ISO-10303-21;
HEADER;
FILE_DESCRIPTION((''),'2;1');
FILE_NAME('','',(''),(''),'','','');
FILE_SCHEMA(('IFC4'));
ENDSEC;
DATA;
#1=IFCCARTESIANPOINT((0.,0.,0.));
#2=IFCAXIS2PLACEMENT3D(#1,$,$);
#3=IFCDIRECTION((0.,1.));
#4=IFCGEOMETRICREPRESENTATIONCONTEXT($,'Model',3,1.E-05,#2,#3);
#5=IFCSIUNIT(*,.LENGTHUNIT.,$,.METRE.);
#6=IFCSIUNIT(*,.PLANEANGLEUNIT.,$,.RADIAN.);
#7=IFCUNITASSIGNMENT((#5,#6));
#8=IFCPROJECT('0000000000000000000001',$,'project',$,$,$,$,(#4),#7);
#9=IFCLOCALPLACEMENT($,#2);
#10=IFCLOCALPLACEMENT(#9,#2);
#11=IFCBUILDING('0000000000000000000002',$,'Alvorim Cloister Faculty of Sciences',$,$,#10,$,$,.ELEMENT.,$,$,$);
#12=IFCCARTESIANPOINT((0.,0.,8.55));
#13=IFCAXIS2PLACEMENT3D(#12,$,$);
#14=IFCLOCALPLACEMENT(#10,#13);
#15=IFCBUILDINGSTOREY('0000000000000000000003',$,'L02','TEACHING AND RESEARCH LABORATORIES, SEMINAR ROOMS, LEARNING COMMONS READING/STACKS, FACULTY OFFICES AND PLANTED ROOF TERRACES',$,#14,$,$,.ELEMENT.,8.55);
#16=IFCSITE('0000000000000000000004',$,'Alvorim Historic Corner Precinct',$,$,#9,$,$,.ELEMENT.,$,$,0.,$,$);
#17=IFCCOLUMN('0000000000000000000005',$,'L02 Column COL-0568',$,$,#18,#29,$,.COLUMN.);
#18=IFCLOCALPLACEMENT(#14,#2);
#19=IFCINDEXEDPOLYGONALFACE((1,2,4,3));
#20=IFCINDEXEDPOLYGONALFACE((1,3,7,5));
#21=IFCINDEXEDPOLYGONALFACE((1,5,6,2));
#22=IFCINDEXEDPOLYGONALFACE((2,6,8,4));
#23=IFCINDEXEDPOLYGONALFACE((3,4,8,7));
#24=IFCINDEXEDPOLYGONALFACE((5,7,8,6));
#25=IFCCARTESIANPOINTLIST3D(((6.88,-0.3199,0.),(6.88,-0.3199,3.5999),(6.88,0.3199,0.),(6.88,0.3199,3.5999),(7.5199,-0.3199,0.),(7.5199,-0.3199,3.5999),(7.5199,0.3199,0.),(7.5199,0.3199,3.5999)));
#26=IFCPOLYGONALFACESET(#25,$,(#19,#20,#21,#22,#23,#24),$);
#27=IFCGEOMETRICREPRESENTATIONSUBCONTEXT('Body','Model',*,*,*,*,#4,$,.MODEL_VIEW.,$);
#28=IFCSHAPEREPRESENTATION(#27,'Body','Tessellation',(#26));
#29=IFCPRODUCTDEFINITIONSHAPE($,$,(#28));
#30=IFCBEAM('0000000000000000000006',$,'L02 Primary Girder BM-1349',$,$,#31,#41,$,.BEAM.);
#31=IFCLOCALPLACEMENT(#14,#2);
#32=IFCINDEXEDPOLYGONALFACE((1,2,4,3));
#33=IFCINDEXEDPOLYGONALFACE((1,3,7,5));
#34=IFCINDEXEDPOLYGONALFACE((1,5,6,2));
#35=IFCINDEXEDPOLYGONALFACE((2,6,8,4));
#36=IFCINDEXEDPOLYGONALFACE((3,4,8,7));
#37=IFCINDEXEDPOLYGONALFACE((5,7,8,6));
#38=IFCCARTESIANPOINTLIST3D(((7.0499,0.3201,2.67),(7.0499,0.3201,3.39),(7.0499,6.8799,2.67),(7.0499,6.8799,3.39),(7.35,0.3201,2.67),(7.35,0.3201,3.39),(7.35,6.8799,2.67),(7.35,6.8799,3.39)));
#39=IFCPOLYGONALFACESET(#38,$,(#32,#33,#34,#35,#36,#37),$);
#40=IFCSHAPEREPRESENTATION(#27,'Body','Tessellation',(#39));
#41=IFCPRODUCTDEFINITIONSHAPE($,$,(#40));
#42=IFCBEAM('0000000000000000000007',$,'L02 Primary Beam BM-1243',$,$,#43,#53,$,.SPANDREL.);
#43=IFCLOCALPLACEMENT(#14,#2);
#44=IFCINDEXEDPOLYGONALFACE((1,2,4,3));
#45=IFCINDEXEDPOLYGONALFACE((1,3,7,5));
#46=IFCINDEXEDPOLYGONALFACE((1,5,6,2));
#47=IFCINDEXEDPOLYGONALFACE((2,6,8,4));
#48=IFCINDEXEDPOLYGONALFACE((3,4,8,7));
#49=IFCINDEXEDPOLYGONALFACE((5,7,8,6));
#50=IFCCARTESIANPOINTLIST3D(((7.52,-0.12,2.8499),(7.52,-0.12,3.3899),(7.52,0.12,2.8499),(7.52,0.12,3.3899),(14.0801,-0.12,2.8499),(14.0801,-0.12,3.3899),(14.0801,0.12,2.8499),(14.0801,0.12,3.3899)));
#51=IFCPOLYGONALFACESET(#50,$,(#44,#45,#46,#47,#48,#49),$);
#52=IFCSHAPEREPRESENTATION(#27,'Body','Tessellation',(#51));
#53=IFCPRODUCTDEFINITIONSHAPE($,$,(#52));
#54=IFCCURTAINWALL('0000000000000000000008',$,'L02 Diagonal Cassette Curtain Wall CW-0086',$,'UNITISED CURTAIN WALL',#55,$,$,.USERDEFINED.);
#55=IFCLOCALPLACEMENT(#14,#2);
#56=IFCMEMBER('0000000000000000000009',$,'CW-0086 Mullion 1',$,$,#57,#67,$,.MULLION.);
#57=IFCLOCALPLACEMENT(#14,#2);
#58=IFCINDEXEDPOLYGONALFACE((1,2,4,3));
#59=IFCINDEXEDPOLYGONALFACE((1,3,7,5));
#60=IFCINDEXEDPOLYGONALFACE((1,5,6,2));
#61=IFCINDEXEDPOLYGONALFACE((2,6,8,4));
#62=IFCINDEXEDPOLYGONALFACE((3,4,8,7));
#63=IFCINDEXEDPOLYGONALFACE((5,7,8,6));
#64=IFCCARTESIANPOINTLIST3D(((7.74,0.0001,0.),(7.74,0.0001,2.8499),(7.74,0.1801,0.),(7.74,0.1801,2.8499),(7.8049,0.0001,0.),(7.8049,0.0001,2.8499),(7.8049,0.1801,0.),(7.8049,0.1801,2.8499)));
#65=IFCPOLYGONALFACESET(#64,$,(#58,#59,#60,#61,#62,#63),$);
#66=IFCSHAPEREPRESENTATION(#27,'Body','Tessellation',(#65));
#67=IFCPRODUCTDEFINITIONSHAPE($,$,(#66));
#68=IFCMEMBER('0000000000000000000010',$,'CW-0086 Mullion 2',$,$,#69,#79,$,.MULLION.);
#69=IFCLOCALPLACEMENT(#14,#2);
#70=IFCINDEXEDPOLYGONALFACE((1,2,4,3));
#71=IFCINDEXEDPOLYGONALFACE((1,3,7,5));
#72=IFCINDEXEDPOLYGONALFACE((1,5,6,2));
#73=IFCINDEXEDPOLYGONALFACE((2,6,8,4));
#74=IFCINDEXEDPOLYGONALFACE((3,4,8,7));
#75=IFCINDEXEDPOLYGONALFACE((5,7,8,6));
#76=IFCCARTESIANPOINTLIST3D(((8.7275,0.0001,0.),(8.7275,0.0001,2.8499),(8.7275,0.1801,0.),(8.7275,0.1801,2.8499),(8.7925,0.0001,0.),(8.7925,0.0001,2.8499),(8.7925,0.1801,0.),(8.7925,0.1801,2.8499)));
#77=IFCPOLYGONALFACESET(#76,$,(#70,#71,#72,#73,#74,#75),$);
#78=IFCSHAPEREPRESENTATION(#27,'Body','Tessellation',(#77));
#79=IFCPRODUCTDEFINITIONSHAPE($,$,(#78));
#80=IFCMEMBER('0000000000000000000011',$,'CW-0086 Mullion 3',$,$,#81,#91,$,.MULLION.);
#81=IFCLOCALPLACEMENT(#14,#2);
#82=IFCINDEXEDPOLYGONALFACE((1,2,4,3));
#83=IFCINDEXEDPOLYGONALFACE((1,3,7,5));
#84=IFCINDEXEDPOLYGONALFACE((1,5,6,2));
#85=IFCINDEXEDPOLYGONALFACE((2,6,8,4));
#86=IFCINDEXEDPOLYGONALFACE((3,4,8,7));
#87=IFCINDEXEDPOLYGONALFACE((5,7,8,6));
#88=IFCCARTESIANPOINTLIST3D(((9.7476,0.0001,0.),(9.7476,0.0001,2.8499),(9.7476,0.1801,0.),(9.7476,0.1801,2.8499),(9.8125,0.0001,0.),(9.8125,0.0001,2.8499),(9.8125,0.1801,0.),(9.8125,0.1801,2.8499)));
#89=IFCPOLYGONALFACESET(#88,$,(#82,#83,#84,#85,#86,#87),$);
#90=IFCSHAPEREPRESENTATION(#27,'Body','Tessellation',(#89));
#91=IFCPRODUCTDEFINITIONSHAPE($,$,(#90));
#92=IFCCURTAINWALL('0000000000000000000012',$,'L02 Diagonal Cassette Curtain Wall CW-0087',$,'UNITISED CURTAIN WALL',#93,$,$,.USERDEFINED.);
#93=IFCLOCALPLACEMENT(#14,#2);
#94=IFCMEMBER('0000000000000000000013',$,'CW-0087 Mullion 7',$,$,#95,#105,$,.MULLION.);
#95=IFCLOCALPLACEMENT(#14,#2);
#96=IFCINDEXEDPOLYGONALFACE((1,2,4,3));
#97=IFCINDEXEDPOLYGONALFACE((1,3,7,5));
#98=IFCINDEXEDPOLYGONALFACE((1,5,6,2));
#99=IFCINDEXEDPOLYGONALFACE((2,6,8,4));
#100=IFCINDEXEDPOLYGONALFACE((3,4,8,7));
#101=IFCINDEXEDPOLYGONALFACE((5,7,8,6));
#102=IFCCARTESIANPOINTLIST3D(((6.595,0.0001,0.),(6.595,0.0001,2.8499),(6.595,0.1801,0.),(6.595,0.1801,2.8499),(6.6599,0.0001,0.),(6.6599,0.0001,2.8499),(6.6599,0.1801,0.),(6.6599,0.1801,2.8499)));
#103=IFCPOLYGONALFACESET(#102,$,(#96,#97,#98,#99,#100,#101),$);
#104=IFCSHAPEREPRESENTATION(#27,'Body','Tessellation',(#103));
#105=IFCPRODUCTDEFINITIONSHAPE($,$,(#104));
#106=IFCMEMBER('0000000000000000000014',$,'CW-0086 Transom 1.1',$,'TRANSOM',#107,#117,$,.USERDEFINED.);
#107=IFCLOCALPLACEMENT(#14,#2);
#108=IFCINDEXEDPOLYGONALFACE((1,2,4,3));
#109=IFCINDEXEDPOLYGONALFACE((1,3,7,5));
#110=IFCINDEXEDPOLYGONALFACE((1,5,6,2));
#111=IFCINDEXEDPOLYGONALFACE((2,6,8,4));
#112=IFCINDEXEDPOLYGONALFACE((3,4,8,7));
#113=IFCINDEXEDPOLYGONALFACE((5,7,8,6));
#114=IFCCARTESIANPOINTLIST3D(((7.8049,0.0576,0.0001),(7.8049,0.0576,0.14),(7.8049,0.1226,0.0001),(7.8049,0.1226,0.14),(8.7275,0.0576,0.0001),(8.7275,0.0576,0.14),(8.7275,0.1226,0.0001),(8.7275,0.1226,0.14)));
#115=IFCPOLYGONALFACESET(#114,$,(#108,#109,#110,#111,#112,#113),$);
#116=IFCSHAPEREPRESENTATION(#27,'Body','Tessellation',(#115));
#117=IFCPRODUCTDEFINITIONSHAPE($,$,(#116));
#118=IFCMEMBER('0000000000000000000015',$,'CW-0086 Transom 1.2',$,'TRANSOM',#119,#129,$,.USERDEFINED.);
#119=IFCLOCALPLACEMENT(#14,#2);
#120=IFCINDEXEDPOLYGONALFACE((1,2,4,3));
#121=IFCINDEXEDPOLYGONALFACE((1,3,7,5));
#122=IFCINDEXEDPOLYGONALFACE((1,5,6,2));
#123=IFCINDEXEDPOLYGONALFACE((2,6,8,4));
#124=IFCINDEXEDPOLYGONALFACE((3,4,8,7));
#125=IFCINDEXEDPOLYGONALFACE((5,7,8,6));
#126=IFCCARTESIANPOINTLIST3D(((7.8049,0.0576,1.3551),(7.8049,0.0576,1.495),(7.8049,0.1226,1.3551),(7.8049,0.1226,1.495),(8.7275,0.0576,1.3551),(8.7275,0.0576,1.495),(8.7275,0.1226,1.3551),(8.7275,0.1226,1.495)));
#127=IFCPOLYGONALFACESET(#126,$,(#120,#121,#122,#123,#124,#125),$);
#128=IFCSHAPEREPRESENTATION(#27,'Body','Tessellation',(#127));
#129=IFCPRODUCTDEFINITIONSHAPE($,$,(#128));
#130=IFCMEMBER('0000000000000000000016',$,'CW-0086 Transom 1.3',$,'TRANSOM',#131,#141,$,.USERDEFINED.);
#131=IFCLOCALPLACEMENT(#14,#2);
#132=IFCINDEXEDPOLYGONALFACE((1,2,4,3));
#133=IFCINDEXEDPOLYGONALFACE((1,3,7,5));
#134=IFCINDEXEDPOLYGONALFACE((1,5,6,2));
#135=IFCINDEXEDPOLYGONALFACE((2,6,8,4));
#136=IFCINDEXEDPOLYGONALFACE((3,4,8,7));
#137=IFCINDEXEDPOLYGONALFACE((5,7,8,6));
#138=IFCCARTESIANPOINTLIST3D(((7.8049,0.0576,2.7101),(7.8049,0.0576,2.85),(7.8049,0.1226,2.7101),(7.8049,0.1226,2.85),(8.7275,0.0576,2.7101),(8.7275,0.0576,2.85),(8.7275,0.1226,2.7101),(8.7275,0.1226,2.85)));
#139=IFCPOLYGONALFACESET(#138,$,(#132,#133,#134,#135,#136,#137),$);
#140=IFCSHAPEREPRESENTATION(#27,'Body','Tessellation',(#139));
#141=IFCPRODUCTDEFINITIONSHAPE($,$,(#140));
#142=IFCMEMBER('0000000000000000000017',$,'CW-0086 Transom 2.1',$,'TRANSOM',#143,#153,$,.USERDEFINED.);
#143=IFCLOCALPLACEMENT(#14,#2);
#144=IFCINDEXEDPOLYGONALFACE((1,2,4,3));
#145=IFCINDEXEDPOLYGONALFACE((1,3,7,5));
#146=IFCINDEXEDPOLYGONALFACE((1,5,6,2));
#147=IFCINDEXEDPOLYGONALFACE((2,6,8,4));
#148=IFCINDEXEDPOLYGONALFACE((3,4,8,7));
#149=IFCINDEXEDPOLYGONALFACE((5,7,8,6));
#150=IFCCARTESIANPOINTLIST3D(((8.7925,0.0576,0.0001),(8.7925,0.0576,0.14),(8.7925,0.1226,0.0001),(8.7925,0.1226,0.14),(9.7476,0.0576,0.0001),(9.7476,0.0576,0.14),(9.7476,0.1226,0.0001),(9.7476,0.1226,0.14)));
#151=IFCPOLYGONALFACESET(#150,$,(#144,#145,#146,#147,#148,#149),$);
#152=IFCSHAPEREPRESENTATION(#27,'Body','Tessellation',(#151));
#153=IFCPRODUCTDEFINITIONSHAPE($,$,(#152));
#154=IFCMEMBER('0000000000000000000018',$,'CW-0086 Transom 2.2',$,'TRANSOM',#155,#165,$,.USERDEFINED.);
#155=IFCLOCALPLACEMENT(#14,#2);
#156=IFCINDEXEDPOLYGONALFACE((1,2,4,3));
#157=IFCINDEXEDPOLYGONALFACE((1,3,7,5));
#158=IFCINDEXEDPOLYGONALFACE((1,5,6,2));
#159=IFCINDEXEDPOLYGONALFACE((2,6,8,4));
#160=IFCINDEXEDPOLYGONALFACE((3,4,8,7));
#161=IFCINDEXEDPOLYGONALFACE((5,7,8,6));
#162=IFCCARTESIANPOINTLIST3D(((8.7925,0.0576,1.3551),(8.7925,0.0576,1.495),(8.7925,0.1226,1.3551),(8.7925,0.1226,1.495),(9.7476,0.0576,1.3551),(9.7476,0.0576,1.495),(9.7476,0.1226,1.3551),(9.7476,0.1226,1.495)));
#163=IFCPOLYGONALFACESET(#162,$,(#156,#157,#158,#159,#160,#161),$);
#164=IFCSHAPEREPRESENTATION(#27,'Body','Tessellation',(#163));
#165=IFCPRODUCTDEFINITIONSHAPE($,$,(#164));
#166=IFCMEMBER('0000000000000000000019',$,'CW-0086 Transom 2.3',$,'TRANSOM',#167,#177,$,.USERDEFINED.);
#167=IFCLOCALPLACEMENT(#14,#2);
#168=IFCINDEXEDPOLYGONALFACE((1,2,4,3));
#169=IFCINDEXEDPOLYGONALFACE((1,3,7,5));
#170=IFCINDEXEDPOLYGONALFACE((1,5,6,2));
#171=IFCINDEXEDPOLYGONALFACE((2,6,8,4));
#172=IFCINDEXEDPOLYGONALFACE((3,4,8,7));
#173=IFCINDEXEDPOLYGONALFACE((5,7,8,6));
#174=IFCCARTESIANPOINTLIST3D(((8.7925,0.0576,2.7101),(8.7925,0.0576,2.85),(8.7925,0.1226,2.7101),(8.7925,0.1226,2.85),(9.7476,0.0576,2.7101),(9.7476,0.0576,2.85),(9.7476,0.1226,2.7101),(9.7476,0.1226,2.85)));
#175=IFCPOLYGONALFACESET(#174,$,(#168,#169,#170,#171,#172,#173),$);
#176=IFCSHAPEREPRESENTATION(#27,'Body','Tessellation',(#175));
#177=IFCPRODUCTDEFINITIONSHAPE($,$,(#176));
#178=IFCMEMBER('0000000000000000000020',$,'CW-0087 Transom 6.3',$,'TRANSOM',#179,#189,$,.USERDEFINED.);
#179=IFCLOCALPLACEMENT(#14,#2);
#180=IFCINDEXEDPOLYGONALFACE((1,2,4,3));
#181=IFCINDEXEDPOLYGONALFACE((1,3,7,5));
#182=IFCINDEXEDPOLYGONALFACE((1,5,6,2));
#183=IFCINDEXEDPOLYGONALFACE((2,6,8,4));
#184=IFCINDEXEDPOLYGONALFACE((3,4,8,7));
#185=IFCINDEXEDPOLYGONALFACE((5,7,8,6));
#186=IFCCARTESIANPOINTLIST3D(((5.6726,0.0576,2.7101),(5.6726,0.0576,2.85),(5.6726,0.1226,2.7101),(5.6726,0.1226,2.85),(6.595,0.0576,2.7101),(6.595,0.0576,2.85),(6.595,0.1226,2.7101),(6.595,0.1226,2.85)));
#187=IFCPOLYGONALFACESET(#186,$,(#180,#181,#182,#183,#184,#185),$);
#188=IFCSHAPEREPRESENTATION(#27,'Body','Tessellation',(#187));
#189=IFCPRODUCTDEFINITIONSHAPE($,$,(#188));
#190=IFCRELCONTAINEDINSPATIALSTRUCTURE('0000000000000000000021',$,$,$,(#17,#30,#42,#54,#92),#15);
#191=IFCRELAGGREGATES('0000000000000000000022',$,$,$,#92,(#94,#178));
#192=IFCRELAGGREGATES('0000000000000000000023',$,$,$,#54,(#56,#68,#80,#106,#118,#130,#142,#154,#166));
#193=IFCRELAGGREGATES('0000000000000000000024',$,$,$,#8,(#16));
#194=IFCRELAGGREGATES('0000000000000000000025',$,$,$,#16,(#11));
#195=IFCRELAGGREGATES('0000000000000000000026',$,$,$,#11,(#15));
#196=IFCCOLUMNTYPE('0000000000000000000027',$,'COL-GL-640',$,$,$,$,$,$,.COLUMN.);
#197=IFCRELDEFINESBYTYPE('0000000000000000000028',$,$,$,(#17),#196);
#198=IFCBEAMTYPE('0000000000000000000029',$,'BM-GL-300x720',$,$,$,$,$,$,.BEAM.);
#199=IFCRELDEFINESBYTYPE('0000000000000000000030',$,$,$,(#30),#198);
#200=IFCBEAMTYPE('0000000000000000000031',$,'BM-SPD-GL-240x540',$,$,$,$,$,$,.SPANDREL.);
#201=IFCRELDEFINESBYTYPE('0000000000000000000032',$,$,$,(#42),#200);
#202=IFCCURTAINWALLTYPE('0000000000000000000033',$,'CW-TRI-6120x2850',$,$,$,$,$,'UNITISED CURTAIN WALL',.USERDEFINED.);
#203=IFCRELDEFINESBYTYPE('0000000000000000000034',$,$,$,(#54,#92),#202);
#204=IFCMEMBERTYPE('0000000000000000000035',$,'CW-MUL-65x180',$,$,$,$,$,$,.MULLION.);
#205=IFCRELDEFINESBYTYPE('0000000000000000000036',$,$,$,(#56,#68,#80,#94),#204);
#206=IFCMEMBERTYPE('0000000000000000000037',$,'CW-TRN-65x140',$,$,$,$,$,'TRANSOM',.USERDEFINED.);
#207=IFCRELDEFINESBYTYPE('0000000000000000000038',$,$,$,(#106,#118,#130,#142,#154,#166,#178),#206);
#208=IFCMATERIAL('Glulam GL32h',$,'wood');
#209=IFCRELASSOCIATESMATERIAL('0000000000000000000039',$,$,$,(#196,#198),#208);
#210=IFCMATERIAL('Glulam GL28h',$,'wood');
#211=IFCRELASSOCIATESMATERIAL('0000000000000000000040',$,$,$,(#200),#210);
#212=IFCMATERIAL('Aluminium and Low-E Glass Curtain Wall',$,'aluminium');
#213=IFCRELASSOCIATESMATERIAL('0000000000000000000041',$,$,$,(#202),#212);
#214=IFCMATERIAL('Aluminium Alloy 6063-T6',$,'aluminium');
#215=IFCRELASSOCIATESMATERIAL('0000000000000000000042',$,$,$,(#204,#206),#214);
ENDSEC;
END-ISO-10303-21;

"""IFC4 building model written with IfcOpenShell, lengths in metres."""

from ifc_helpers import new_model, si_unit, direction, frame, origin, origin_2d, place, context, subcontext, project, spatial, rectangle, extrude, material, material_profile, profile_set, type_object, element, aggregate, save


model = new_model("IFC4")

# Units and contexts
model_context = context("Model", 3, precision=1e-05, world=origin(), true_north=direction((0.0, 1.0)))
body_context = subcontext(model_context, "Body", "Model", "MODEL_VIEW")
ifc_project = project(units=[si_unit("LENGTHUNIT", "METRE"), si_unit("PLANEANGLEUNIT", "RADIAN")], contexts=[model_context])

# Site, building, storey
site_placement = place(None, origin())
site = spatial("IfcSite", under=ifc_project, at=site_placement, Name="Alvorim Historic Corner Precinct", CompositionType="ELEMENT", RefElevation=0.0)
building_placement = place(site_placement, origin())
building = spatial("IfcBuilding", under=site, at=building_placement, Name="Alvorim Cloister Faculty of Sciences", CompositionType="ELEMENT")
storey_placement = place(building_placement, frame((0.0, 0.0, 8.55)))
storey = spatial("IfcBuildingStorey", under=building, at=storey_placement, Name="L02", Description="TEACHING AND RESEARCH LABORATORIES, SEMINAR ROOMS, LEARNING COMMONS READING/STACKS, FACULTY OFFICES AND PLANTED ROOF TERRACES", CompositionType="ELEMENT", Elevation=8.55)

# Column
ifc_material_1 = material(Name="Glulam GL32h", Category="wood")
ifc_material_profile_1 = material_profile(ifc_material_1, rectangle(XDim=0.6399, YDim=0.6399, at=origin_2d()), Name="GL32-COL-640x640")
ifc_profile_set_1 = profile_set([ifc_material_profile_1], Name="Glulam GL32h")
column_type = type_object("IfcColumnType", Name="COL-GL-640", PredefinedType="COLUMN", material=ifc_profile_set_1)
column_placement = place(storey_placement, frame((7.2, 0.0, 0.0), z_axis=(0.0, 0.0, 1.0), x_axis=(1.0, 0.0, 0.0)))
element("IfcColumn", 1, at=column_placement, inside=storey, type_object=column_type, Name="L02 Column COL-0568", PredefinedType="COLUMN", context=body_context, shape_type="SweptSolid", body=[
    extrude(rectangle(XDim=0.6399, YDim=0.6399, at=origin_2d()), origin(), (0.0, 0.0, 1.0), 3.5999),
])

# Beams
ifc_material_profile_2 = material_profile(ifc_material_1, rectangle(XDim=0.3, YDim=0.72, at=origin_2d()), Name="GL32-BM-300x720")
ifc_profile_set_2 = profile_set([ifc_material_profile_2], Name="Glulam GL32h")
beam_type_1 = type_object("IfcBeamType", Name="BM-GL-300x720", PredefinedType="BEAM", material=ifc_profile_set_2)
beam_1_placement = place(storey_placement, frame((7.2, 0.3201, 3.03), z_axis=(0.0, 1.0, 0.0), x_axis=(-1.0, 0.0, 0.0)))
element("IfcBeam", 2, at=beam_1_placement, inside=storey, type_object=beam_type_1, Name="L02 Primary Girder BM-1349", PredefinedType="BEAM", context=body_context, shape_type="SweptSolid", body=[
    extrude(rectangle(XDim=0.3, YDim=0.72, at=origin_2d()), origin(), (0.0, 0.0, 1.0), 6.5598),
])
ifc_material_2 = material(Name="Glulam GL28h", Category="wood")
ifc_material_profile_3 = material_profile(ifc_material_2, rectangle(XDim=0.24, YDim=0.54, at=origin_2d()), Name="GL28-SPD-240x540")
ifc_profile_set_3 = profile_set([ifc_material_profile_3], Name="Glulam GL28h")
beam_type_2 = type_object("IfcBeamType", Name="BM-SPD-GL-240x540", PredefinedType="SPANDREL", material=ifc_profile_set_3)
beam_2_placement = place(storey_placement, frame((7.52, 0.0, 3.1199), z_axis=(1.0, 0.0, 0.0), x_axis=(0.0, 1.0, 0.0)))
element("IfcBeam", 3, at=beam_2_placement, inside=storey, type_object=beam_type_2, Name="L02 Primary Beam BM-1243", PredefinedType="SPANDREL", context=body_context, shape_type="SweptSolid", body=[
    extrude(rectangle(XDim=0.24, YDim=0.54, at=origin_2d()), origin(), (0.0, 0.0, 1.0), 6.5601),
])

# Curtain wall, members
ifc_material_3 = material(Name="Aluminium and Low-E Glass Curtain Wall", Category="aluminium")
curtain_wall_type = type_object("IfcCurtainWallType", Name="CW-TRI-6120x2850", ElementType="UNITISED CURTAIN WALL", PredefinedType="USERDEFINED", material=ifc_material_3)
curtain_wall_1_placement = place(storey_placement, origin())
curtain_wall_1 = element("IfcCurtainWall", 4, at=curtain_wall_1_placement, inside=storey, type_object=curtain_wall_type, Name="L02 Diagonal Cassette Curtain Wall CW-0086", ObjectType="UNITISED CURTAIN WALL", PredefinedType="USERDEFINED")
ifc_material_4 = material(Name="Aluminium Alloy 6063-T6", Category="aluminium")
ifc_material_profile_4 = material_profile(ifc_material_4, rectangle(XDim=0.0649, YDim=0.1799, at=origin_2d()), Name="ALU-MUL-65x180")
ifc_profile_set_4 = profile_set([ifc_material_profile_4], Name="Aluminium Alloy 6063-T6")
member_type_1 = type_object("IfcMemberType", Name="CW-MUL-65x180", PredefinedType="MULLION", material=ifc_profile_set_4)
member_1_placement = place(storey_placement, frame((7.7725, 0.0901, 0.0), z_axis=(0.0, 0.0, 1.0), x_axis=(1.0, 0.0, 0.0)))
member_1 = element("IfcMember", 5, at=member_1_placement, type_object=member_type_1, Name="CW-0086 Mullion 1", PredefinedType="MULLION", context=body_context, shape_type="SweptSolid", body=[
    extrude(rectangle(XDim=0.0649, YDim=0.1799, at=origin_2d()), origin(), (0.0, 0.0, 1.0), 2.8499),
])
member_2_placement = place(storey_placement, frame((8.76, 0.0901, 0.0), z_axis=(0.0, 0.0, 1.0), x_axis=(1.0, 0.0, 0.0)))
member_2 = element("IfcMember", 6, at=member_2_placement, type_object=member_type_1, Name="CW-0086 Mullion 2", PredefinedType="MULLION", context=body_context, shape_type="SweptSolid", body=[
    extrude(rectangle(XDim=0.0649, YDim=0.1799, at=origin_2d()), origin(), (0.0, 0.0, 1.0), 2.8499),
])
member_3_placement = place(storey_placement, frame((9.78, 0.0901, 0.0), z_axis=(0.0, 0.0, 1.0), x_axis=(1.0, 0.0, 0.0)))
member_3 = element("IfcMember", 7, at=member_3_placement, type_object=member_type_1, Name="CW-0086 Mullion 3", PredefinedType="MULLION", context=body_context, shape_type="SweptSolid", body=[
    extrude(rectangle(XDim=0.0649, YDim=0.1799, at=origin_2d()), origin(), (0.0, 0.0, 1.0), 2.8499),
])

# Curtain wall, member
curtain_wall_2_placement = place(storey_placement, origin())
curtain_wall_2 = element("IfcCurtainWall", 8, at=curtain_wall_2_placement, inside=storey, type_object=curtain_wall_type, Name="L02 Diagonal Cassette Curtain Wall CW-0087", ObjectType="UNITISED CURTAIN WALL", PredefinedType="USERDEFINED")
member_4_placement = place(storey_placement, frame((6.6274, 0.0901, 0.0), z_axis=(0.0, 0.0, 1.0), x_axis=(1.0, 0.0, 0.0)))
member_4 = element("IfcMember", 9, at=member_4_placement, type_object=member_type_1, Name="CW-0087 Mullion 7", PredefinedType="MULLION", context=body_context, shape_type="SweptSolid", body=[
    extrude(rectangle(XDim=0.0649, YDim=0.1799, at=origin_2d()), origin(), (0.0, 0.0, 1.0), 2.8499),
])

# Members
ifc_material_profile_5 = material_profile(ifc_material_4, rectangle(XDim=0.0649, YDim=0.1399, at=origin_2d()), Name="ALU-TRN-65x140")
ifc_profile_set_5 = profile_set([ifc_material_profile_5], Name="Aluminium Alloy 6063-T6")
member_type_2 = type_object("IfcMemberType", Name="CW-TRN-65x140", ElementType="TRANSOM", PredefinedType="USERDEFINED", material=ifc_profile_set_5)
member_5_placement = place(storey_placement, frame((7.8049, 0.0901, 0.0701), z_axis=(1.0, 0.0, 0.0), x_axis=(0.0, 1.0, 0.0)))
member_5 = element("IfcMember", 10, at=member_5_placement, type_object=member_type_2, Name="CW-0086 Transom 1.1", ObjectType="TRANSOM", PredefinedType="USERDEFINED", context=body_context, shape_type="SweptSolid", body=[
    extrude(rectangle(XDim=0.0649, YDim=0.1399, at=origin_2d()), origin(), (0.0, 0.0, 1.0), 0.9226),
])
member_6_placement = place(storey_placement, frame((7.8049, 0.0901, 1.425), z_axis=(1.0, 0.0, 0.0), x_axis=(0.0, 1.0, 0.0)))
member_6 = element("IfcMember", 11, at=member_6_placement, type_object=member_type_2, Name="CW-0086 Transom 1.2", ObjectType="TRANSOM", PredefinedType="USERDEFINED", context=body_context, shape_type="SweptSolid", body=[
    extrude(rectangle(XDim=0.0649, YDim=0.1399, at=origin_2d()), origin(), (0.0, 0.0, 1.0), 0.9226),
])
member_7_placement = place(storey_placement, frame((7.8049, 0.0901, 2.78), z_axis=(1.0, 0.0, 0.0), x_axis=(0.0, 1.0, 0.0)))
member_7 = element("IfcMember", 12, at=member_7_placement, type_object=member_type_2, Name="CW-0086 Transom 1.3", ObjectType="TRANSOM", PredefinedType="USERDEFINED", context=body_context, shape_type="SweptSolid", body=[
    extrude(rectangle(XDim=0.0649, YDim=0.1399, at=origin_2d()), origin(), (0.0, 0.0, 1.0), 0.9226),
])
member_8_placement = place(storey_placement, frame((8.7925, 0.0901, 0.0701), z_axis=(1.0, 0.0, 0.0), x_axis=(0.0, 1.0, 0.0)))
member_8 = element("IfcMember", 13, at=member_8_placement, type_object=member_type_2, Name="CW-0086 Transom 2.1", ObjectType="TRANSOM", PredefinedType="USERDEFINED", context=body_context, shape_type="SweptSolid", body=[
    extrude(rectangle(XDim=0.0649, YDim=0.1399, at=origin_2d()), origin(), (0.0, 0.0, 1.0), 0.9551),
])
member_9_placement = place(storey_placement, frame((8.7925, 0.0901, 1.425), z_axis=(1.0, 0.0, 0.0), x_axis=(0.0, 1.0, 0.0)))
member_9 = element("IfcMember", 14, at=member_9_placement, type_object=member_type_2, Name="CW-0086 Transom 2.2", ObjectType="TRANSOM", PredefinedType="USERDEFINED", context=body_context, shape_type="SweptSolid", body=[
    extrude(rectangle(XDim=0.0649, YDim=0.1399, at=origin_2d()), origin(), (0.0, 0.0, 1.0), 0.9551),
])
member_10_placement = place(storey_placement, frame((8.7925, 0.0901, 2.78), z_axis=(1.0, 0.0, 0.0), x_axis=(0.0, 1.0, 0.0)))
member_10 = element("IfcMember", 15, at=member_10_placement, type_object=member_type_2, Name="CW-0086 Transom 2.3", ObjectType="TRANSOM", PredefinedType="USERDEFINED", context=body_context, shape_type="SweptSolid", body=[
    extrude(rectangle(XDim=0.0649, YDim=0.1399, at=origin_2d()), origin(), (0.0, 0.0, 1.0), 0.9551),
])
member_11_placement = place(storey_placement, frame((5.6726, 0.0901, 2.78), z_axis=(1.0, 0.0, 0.0), x_axis=(0.0, 1.0, 0.0)))
member_11 = element("IfcMember", 16, at=member_11_placement, type_object=member_type_2, Name="CW-0087 Transom 6.3", ObjectType="TRANSOM", PredefinedType="USERDEFINED", context=body_context, shape_type="SweptSolid", body=[
    extrude(rectangle(XDim=0.0649, YDim=0.1399, at=origin_2d()), origin(), (0.0, 0.0, 1.0), 0.9224),
])
aggregate(curtain_wall_2, [member_4, member_11])

aggregate(curtain_wall_1, [member_1, member_2, member_3, member_5, member_6, member_7, member_8, member_9, member_10])

save(model, "model.ifc")
